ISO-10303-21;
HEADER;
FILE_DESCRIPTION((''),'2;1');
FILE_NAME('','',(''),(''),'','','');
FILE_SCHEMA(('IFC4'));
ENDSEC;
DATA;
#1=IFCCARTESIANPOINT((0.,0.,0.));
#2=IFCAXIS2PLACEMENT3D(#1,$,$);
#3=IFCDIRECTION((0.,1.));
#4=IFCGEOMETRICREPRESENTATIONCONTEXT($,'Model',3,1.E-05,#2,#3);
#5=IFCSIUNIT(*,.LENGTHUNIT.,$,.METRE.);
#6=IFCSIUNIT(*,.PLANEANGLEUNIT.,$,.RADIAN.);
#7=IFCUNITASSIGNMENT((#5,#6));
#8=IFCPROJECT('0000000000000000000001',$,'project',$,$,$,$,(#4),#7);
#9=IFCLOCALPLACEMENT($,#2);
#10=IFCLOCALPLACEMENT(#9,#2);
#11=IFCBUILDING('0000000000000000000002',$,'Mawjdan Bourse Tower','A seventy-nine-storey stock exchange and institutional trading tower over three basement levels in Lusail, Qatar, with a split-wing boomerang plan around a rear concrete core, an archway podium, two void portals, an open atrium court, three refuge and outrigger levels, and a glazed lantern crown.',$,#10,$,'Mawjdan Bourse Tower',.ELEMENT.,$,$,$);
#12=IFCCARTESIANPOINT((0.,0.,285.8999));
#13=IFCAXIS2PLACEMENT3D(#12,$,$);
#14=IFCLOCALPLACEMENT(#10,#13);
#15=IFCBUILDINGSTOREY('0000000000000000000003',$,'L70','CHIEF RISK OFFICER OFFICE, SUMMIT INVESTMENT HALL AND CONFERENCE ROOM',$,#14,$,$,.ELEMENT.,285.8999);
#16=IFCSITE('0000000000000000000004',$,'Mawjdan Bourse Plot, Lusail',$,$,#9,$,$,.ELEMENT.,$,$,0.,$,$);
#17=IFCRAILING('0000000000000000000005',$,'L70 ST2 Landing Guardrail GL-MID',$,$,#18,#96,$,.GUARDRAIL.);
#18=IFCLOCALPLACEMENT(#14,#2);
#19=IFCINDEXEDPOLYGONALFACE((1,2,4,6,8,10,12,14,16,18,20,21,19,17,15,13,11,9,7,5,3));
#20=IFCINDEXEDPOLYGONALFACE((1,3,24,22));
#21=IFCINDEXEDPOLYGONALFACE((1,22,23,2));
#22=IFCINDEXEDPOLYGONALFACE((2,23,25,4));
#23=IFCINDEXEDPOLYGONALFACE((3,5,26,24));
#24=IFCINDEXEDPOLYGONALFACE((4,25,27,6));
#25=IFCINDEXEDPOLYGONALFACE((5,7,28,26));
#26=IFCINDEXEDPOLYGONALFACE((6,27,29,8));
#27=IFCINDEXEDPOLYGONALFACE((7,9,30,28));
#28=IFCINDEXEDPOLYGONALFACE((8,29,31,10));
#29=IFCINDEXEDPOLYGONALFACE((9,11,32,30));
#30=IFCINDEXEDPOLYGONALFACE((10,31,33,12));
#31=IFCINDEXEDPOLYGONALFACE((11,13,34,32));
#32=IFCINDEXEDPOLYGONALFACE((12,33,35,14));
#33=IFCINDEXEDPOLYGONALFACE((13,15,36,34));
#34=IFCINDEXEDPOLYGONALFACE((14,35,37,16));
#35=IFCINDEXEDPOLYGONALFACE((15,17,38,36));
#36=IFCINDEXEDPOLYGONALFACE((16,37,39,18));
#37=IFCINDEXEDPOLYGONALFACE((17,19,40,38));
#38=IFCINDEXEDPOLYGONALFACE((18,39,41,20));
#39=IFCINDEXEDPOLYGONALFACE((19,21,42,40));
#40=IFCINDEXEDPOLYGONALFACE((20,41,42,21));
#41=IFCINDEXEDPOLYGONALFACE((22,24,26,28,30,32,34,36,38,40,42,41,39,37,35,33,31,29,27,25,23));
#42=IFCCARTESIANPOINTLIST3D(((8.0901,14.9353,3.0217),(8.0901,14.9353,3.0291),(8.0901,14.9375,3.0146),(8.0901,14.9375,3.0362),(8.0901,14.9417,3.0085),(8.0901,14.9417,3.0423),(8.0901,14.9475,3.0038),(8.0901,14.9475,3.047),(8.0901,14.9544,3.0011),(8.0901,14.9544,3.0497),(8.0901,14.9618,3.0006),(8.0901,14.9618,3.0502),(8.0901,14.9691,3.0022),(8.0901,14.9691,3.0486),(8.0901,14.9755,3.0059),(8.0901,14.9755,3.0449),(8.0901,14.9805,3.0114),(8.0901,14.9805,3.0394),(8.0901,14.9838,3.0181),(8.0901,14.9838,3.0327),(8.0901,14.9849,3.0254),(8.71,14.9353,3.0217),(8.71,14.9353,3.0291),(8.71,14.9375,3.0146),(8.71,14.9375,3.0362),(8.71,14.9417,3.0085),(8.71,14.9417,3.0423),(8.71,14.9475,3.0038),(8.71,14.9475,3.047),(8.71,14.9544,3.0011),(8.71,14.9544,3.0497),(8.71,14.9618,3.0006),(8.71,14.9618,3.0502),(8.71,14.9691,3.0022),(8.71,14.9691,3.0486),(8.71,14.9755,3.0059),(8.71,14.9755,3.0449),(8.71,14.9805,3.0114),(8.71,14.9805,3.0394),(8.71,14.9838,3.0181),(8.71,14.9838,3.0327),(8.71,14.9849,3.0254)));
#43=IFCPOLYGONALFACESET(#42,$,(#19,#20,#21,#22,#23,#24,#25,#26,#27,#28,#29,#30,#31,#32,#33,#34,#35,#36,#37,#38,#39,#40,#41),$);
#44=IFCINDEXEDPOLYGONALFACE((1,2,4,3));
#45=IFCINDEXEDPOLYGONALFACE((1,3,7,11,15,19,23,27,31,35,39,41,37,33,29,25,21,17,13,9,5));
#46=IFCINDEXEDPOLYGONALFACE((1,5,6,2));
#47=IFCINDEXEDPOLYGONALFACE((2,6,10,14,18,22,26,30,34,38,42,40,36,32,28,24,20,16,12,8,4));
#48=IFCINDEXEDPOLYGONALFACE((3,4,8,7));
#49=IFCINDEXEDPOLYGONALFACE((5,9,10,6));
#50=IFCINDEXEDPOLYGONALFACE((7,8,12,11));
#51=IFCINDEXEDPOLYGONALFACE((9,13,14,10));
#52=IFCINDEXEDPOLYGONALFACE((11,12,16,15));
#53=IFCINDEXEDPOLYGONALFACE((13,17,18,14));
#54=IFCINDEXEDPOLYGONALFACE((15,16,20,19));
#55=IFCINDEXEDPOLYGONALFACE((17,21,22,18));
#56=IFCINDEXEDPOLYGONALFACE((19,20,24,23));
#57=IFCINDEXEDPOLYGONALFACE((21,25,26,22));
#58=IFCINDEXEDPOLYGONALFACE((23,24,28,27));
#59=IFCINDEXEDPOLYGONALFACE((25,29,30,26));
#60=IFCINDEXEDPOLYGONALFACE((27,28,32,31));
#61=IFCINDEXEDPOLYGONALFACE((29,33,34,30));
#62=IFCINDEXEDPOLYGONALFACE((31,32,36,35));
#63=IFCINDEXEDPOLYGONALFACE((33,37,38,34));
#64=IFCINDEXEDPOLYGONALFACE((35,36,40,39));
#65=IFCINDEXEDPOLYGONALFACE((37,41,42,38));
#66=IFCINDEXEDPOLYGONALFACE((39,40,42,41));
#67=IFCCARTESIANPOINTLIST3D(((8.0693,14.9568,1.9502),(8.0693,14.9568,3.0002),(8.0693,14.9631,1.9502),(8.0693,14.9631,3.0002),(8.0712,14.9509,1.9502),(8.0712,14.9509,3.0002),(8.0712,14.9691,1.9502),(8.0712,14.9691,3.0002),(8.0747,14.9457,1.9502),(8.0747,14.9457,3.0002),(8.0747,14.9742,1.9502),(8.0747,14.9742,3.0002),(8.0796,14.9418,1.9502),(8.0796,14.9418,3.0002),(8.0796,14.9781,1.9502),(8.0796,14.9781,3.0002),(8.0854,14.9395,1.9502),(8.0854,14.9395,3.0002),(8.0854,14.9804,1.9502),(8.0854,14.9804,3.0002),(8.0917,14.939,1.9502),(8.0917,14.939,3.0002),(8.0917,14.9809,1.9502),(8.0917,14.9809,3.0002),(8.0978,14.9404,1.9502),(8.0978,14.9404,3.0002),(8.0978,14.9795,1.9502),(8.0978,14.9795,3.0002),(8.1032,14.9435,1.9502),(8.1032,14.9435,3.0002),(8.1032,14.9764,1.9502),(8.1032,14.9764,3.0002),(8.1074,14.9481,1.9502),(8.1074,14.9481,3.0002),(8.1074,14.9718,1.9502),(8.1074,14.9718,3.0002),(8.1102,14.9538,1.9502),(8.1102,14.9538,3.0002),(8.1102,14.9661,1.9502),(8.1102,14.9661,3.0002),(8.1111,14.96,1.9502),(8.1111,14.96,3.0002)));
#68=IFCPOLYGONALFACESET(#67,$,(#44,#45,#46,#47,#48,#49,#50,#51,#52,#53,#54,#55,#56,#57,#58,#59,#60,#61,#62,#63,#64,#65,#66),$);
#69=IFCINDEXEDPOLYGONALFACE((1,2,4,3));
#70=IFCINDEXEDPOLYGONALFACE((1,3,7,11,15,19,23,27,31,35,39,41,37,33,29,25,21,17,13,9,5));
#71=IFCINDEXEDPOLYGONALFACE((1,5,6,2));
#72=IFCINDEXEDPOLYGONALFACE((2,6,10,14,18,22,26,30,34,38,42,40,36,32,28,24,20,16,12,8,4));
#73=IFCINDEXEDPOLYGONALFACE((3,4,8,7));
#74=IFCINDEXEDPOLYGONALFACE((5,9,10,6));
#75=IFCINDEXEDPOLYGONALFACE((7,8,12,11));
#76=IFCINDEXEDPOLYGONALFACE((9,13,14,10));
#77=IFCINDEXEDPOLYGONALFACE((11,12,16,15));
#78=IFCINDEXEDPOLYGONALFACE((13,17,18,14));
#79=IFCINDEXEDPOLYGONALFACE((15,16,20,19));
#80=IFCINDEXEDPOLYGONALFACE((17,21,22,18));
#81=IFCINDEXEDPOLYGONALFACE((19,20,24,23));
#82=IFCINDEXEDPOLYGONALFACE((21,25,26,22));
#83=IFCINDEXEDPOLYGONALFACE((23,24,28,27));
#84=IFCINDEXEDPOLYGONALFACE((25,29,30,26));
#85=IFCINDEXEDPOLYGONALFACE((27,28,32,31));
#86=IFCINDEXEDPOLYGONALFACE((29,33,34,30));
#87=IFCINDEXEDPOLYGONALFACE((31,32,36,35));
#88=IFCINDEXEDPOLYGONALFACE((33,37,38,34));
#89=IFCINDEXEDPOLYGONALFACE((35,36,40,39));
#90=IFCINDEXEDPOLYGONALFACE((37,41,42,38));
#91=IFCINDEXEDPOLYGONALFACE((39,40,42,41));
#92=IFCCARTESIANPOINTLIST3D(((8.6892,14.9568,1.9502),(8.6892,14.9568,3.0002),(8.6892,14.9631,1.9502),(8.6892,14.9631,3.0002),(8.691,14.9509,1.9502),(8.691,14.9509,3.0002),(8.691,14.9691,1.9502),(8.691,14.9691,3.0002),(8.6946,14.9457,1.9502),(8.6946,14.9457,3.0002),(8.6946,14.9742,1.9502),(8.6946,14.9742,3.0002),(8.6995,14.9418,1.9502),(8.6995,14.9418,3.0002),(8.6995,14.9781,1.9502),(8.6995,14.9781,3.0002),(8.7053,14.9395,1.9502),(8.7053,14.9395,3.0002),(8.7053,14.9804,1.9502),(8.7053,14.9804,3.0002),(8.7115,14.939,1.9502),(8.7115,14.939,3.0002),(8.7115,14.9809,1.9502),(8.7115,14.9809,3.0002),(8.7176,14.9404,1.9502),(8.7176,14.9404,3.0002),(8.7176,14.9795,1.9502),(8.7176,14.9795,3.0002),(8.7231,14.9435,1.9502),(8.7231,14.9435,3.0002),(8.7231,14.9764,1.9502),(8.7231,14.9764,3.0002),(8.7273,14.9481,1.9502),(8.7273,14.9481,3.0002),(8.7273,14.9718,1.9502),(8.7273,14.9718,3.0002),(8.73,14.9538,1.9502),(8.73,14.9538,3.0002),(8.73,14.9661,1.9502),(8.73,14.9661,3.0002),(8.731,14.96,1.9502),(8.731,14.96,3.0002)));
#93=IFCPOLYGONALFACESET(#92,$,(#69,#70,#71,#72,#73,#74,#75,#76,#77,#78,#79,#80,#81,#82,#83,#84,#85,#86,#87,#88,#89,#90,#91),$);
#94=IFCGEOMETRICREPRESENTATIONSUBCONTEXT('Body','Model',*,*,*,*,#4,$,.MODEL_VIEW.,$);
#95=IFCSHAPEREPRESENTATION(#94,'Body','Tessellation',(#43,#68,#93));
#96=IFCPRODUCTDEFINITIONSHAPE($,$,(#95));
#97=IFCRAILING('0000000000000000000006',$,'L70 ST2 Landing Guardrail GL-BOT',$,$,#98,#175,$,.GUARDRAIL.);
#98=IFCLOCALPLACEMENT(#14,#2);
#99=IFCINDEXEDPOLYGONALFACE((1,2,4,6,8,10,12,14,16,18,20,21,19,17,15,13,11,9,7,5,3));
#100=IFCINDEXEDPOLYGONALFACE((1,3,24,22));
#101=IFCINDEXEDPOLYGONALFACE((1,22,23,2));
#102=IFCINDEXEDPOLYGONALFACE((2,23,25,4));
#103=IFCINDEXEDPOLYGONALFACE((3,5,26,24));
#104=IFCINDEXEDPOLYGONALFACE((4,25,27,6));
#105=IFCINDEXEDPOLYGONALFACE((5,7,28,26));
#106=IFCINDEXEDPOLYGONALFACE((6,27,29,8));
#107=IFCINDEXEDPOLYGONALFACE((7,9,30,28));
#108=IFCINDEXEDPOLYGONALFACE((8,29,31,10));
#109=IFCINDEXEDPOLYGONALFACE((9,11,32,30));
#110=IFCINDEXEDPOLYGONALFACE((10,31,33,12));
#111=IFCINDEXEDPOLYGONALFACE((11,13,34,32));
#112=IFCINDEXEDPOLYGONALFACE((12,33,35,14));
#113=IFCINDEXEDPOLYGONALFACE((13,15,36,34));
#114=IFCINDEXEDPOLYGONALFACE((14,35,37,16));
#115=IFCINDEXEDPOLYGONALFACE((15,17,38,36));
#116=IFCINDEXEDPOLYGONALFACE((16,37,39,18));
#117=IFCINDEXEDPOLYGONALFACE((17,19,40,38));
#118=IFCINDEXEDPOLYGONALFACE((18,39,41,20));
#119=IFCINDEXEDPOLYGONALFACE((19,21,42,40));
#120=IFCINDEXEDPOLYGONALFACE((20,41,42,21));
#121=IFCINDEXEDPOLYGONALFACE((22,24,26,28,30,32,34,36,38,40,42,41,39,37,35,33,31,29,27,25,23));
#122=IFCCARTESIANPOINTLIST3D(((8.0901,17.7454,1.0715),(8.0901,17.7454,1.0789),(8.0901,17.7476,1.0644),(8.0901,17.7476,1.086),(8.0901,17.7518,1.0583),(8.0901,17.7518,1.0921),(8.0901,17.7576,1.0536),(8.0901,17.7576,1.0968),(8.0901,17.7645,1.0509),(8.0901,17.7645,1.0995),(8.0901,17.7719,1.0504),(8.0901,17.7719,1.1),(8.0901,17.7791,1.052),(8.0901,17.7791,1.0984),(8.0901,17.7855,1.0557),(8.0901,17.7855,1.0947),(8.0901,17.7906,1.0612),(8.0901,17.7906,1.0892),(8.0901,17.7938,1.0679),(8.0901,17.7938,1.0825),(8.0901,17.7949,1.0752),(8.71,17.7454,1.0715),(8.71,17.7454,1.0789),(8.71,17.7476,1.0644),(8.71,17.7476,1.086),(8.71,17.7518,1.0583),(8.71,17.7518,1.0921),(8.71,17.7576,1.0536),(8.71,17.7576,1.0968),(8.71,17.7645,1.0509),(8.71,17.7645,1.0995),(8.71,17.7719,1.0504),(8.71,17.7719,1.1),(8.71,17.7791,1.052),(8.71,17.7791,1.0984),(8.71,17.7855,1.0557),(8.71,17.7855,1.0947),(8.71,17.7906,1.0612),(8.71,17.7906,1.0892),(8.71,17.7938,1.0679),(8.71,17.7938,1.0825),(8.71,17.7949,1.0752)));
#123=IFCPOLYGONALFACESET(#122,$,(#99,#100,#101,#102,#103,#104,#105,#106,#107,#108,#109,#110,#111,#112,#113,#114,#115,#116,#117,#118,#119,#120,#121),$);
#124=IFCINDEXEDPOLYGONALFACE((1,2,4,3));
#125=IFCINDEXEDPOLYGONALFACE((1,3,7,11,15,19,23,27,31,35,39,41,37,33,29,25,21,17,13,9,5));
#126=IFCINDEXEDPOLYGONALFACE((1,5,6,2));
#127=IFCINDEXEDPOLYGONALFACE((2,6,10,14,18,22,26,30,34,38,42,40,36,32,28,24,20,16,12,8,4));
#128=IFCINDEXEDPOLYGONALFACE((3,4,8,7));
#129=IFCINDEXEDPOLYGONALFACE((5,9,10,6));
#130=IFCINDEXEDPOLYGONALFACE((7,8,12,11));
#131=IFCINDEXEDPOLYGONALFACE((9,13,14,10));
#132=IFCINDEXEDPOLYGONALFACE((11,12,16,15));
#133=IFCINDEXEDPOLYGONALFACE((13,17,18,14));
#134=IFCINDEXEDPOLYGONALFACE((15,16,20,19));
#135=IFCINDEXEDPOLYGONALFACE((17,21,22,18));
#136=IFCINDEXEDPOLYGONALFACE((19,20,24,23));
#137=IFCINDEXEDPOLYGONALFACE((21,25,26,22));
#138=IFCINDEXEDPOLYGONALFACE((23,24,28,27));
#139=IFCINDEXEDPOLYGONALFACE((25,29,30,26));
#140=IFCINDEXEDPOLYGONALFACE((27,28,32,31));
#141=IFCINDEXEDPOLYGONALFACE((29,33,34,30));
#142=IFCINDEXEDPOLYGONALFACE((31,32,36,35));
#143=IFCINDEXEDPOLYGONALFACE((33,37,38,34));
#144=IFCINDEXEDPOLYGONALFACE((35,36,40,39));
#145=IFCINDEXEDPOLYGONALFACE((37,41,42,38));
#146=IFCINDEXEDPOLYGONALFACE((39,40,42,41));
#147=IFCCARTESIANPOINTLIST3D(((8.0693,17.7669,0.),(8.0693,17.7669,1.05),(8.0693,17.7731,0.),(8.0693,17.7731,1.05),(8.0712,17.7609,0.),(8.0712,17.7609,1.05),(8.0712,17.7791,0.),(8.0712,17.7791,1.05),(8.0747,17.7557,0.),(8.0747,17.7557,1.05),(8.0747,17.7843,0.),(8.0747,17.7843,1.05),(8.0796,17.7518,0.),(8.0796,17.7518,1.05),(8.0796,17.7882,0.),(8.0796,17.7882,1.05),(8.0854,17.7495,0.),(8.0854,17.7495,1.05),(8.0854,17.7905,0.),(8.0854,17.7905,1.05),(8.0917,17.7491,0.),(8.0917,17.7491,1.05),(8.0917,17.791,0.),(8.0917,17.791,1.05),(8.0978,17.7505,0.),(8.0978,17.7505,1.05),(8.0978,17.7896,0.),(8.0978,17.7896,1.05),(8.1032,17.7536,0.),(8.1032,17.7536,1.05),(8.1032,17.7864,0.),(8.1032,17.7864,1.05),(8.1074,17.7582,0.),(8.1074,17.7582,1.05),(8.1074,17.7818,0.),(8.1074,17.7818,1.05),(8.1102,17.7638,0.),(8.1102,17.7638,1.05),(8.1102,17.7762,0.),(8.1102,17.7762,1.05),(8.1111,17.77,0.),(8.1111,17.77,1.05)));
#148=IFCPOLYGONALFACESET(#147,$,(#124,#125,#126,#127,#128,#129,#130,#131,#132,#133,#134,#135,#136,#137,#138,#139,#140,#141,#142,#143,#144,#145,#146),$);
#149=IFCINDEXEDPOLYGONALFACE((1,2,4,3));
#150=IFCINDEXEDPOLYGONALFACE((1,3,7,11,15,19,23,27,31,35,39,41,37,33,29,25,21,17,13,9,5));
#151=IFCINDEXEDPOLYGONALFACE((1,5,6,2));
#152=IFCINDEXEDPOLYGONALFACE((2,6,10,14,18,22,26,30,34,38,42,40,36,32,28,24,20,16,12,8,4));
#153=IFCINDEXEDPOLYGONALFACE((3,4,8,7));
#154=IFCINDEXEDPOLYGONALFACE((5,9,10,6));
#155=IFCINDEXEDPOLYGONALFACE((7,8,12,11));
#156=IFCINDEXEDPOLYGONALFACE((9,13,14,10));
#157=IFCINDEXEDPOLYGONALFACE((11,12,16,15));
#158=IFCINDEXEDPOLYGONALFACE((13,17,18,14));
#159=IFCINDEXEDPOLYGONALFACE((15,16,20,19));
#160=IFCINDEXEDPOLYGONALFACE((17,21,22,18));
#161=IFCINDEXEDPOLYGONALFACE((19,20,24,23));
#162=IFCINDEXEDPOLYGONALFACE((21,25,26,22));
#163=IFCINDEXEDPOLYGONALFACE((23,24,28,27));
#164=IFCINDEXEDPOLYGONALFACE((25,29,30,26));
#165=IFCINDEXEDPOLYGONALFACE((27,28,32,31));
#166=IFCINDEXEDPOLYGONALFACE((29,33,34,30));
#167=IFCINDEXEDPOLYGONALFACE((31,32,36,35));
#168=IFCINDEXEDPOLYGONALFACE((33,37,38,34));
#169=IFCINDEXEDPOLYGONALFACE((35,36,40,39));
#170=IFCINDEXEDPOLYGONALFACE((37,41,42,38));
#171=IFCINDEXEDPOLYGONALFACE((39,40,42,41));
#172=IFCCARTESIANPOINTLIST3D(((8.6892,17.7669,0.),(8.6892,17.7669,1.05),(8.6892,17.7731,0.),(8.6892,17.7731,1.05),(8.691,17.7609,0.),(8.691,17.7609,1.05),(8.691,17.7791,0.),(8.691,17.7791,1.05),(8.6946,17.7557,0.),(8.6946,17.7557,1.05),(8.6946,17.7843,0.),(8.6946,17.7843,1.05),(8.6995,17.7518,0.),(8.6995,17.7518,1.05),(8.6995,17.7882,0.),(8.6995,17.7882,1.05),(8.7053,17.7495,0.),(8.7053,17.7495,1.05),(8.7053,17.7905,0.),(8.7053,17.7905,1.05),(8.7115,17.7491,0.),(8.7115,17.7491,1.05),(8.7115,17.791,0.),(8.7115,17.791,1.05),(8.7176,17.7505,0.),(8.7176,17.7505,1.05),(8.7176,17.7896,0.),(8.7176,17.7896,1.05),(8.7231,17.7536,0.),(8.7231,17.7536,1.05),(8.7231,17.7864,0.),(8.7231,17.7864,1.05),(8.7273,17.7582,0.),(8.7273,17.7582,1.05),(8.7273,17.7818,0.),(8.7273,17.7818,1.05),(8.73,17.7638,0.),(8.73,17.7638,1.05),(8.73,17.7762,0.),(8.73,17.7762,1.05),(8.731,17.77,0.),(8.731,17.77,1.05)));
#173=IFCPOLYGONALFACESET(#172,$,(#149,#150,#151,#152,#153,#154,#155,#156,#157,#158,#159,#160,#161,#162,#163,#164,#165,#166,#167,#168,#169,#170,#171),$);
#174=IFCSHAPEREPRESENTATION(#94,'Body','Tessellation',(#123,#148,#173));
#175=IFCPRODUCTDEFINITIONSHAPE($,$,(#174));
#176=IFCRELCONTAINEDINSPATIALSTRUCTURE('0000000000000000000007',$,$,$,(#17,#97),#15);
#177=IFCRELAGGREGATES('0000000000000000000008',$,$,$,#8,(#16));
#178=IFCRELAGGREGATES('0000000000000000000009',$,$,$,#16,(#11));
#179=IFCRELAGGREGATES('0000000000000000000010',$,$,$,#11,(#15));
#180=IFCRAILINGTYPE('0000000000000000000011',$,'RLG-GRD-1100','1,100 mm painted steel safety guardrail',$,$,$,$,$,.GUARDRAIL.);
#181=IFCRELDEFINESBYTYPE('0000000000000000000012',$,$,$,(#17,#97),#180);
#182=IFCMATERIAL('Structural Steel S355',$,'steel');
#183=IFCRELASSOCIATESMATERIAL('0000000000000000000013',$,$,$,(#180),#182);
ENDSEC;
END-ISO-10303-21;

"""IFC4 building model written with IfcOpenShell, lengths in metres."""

from ifc_helpers import new_model, si_unit, direction, frame, origin, origin_2d, place, context, subcontext, project, spatial, circle, extrude, material, type_object, element, save


model = new_model("IFC4")

# Units and contexts
model_context = context("Model", 3, precision=1e-05, world=origin(), true_north=direction((0.0, 1.0)))
body_context = subcontext(model_context, "Body", "Model", "MODEL_VIEW")
ifc_project = project(units=[si_unit("LENGTHUNIT", "METRE"), si_unit("PLANEANGLEUNIT", "RADIAN")], contexts=[model_context])

# Site, building, storey
site_placement = place(None, origin())
site = spatial("IfcSite", under=ifc_project, at=site_placement, Name="Mawjdan Bourse Plot, Lusail", CompositionType="ELEMENT", RefElevation=0.0)
building_placement = place(site_placement, origin())
building = spatial("IfcBuilding", under=site, at=building_placement, Name="Mawjdan Bourse Tower", Description="A seventy-nine-storey stock exchange and institutional trading tower over three basement levels in Lusail, Qatar, with a split-wing boomerang plan around a rear concrete core, an archway podium, two void portals, an open atrium court, three refuge and outrigger levels, and a glazed lantern crown.", LongName="Mawjdan Bourse Tower", CompositionType="ELEMENT")
storey_placement = place(building_placement, frame((0.0, 0.0, 285.8999)))
storey = spatial("IfcBuildingStorey", under=building, at=storey_placement, Name="L70", Description="CHIEF RISK OFFICER OFFICE, SUMMIT INVESTMENT HALL AND CONFERENCE ROOM", CompositionType="ELEMENT", Elevation=285.8999)

# Railings
ifc_material_1 = material(Name="Structural Steel S355", Category="steel")
railing_type_1 = type_object("IfcRailingType", Name="RLG-GRD-1100", Description="1,100 mm painted steel safety guardrail", PredefinedType="GUARDRAIL", material=ifc_material_1)
for number, where, name in (
    (1, (8.0901, 14.96, 1.9502), "L70 ST2 Landing Guardrail GL-MID"),
    (2, (8.0901, 17.77, 0.0), "L70 ST2 Landing Guardrail GL-BOT"),
):
    element("IfcRailing", number, at=place(storey_placement, frame(where)), inside=storey, type_object=railing_type_1, Name=name, PredefinedType="GUARDRAIL", context=body_context, shape_type="SweptSolid", body=[
        extrude(circle(Radius=0.0249, at=origin_2d()), frame((0.0, 0.0, 1.0752), z_axis=(1.0, 0.0, 0.0), x_axis=(0.0, 1.0, 0.0)), (0.0, 0.0, 1.0), 0.6199),
        extrude(circle(Radius=0.021, at=origin_2d()), origin(), (0.0, 0.0, 1.0), 1.05),
        extrude(circle(Radius=0.021, at=origin_2d()), frame((0.6199, 0.0, 0.0)), (0.0, 0.0, 1.0), 1.05),
    ])

save(model, "model.ifc")
